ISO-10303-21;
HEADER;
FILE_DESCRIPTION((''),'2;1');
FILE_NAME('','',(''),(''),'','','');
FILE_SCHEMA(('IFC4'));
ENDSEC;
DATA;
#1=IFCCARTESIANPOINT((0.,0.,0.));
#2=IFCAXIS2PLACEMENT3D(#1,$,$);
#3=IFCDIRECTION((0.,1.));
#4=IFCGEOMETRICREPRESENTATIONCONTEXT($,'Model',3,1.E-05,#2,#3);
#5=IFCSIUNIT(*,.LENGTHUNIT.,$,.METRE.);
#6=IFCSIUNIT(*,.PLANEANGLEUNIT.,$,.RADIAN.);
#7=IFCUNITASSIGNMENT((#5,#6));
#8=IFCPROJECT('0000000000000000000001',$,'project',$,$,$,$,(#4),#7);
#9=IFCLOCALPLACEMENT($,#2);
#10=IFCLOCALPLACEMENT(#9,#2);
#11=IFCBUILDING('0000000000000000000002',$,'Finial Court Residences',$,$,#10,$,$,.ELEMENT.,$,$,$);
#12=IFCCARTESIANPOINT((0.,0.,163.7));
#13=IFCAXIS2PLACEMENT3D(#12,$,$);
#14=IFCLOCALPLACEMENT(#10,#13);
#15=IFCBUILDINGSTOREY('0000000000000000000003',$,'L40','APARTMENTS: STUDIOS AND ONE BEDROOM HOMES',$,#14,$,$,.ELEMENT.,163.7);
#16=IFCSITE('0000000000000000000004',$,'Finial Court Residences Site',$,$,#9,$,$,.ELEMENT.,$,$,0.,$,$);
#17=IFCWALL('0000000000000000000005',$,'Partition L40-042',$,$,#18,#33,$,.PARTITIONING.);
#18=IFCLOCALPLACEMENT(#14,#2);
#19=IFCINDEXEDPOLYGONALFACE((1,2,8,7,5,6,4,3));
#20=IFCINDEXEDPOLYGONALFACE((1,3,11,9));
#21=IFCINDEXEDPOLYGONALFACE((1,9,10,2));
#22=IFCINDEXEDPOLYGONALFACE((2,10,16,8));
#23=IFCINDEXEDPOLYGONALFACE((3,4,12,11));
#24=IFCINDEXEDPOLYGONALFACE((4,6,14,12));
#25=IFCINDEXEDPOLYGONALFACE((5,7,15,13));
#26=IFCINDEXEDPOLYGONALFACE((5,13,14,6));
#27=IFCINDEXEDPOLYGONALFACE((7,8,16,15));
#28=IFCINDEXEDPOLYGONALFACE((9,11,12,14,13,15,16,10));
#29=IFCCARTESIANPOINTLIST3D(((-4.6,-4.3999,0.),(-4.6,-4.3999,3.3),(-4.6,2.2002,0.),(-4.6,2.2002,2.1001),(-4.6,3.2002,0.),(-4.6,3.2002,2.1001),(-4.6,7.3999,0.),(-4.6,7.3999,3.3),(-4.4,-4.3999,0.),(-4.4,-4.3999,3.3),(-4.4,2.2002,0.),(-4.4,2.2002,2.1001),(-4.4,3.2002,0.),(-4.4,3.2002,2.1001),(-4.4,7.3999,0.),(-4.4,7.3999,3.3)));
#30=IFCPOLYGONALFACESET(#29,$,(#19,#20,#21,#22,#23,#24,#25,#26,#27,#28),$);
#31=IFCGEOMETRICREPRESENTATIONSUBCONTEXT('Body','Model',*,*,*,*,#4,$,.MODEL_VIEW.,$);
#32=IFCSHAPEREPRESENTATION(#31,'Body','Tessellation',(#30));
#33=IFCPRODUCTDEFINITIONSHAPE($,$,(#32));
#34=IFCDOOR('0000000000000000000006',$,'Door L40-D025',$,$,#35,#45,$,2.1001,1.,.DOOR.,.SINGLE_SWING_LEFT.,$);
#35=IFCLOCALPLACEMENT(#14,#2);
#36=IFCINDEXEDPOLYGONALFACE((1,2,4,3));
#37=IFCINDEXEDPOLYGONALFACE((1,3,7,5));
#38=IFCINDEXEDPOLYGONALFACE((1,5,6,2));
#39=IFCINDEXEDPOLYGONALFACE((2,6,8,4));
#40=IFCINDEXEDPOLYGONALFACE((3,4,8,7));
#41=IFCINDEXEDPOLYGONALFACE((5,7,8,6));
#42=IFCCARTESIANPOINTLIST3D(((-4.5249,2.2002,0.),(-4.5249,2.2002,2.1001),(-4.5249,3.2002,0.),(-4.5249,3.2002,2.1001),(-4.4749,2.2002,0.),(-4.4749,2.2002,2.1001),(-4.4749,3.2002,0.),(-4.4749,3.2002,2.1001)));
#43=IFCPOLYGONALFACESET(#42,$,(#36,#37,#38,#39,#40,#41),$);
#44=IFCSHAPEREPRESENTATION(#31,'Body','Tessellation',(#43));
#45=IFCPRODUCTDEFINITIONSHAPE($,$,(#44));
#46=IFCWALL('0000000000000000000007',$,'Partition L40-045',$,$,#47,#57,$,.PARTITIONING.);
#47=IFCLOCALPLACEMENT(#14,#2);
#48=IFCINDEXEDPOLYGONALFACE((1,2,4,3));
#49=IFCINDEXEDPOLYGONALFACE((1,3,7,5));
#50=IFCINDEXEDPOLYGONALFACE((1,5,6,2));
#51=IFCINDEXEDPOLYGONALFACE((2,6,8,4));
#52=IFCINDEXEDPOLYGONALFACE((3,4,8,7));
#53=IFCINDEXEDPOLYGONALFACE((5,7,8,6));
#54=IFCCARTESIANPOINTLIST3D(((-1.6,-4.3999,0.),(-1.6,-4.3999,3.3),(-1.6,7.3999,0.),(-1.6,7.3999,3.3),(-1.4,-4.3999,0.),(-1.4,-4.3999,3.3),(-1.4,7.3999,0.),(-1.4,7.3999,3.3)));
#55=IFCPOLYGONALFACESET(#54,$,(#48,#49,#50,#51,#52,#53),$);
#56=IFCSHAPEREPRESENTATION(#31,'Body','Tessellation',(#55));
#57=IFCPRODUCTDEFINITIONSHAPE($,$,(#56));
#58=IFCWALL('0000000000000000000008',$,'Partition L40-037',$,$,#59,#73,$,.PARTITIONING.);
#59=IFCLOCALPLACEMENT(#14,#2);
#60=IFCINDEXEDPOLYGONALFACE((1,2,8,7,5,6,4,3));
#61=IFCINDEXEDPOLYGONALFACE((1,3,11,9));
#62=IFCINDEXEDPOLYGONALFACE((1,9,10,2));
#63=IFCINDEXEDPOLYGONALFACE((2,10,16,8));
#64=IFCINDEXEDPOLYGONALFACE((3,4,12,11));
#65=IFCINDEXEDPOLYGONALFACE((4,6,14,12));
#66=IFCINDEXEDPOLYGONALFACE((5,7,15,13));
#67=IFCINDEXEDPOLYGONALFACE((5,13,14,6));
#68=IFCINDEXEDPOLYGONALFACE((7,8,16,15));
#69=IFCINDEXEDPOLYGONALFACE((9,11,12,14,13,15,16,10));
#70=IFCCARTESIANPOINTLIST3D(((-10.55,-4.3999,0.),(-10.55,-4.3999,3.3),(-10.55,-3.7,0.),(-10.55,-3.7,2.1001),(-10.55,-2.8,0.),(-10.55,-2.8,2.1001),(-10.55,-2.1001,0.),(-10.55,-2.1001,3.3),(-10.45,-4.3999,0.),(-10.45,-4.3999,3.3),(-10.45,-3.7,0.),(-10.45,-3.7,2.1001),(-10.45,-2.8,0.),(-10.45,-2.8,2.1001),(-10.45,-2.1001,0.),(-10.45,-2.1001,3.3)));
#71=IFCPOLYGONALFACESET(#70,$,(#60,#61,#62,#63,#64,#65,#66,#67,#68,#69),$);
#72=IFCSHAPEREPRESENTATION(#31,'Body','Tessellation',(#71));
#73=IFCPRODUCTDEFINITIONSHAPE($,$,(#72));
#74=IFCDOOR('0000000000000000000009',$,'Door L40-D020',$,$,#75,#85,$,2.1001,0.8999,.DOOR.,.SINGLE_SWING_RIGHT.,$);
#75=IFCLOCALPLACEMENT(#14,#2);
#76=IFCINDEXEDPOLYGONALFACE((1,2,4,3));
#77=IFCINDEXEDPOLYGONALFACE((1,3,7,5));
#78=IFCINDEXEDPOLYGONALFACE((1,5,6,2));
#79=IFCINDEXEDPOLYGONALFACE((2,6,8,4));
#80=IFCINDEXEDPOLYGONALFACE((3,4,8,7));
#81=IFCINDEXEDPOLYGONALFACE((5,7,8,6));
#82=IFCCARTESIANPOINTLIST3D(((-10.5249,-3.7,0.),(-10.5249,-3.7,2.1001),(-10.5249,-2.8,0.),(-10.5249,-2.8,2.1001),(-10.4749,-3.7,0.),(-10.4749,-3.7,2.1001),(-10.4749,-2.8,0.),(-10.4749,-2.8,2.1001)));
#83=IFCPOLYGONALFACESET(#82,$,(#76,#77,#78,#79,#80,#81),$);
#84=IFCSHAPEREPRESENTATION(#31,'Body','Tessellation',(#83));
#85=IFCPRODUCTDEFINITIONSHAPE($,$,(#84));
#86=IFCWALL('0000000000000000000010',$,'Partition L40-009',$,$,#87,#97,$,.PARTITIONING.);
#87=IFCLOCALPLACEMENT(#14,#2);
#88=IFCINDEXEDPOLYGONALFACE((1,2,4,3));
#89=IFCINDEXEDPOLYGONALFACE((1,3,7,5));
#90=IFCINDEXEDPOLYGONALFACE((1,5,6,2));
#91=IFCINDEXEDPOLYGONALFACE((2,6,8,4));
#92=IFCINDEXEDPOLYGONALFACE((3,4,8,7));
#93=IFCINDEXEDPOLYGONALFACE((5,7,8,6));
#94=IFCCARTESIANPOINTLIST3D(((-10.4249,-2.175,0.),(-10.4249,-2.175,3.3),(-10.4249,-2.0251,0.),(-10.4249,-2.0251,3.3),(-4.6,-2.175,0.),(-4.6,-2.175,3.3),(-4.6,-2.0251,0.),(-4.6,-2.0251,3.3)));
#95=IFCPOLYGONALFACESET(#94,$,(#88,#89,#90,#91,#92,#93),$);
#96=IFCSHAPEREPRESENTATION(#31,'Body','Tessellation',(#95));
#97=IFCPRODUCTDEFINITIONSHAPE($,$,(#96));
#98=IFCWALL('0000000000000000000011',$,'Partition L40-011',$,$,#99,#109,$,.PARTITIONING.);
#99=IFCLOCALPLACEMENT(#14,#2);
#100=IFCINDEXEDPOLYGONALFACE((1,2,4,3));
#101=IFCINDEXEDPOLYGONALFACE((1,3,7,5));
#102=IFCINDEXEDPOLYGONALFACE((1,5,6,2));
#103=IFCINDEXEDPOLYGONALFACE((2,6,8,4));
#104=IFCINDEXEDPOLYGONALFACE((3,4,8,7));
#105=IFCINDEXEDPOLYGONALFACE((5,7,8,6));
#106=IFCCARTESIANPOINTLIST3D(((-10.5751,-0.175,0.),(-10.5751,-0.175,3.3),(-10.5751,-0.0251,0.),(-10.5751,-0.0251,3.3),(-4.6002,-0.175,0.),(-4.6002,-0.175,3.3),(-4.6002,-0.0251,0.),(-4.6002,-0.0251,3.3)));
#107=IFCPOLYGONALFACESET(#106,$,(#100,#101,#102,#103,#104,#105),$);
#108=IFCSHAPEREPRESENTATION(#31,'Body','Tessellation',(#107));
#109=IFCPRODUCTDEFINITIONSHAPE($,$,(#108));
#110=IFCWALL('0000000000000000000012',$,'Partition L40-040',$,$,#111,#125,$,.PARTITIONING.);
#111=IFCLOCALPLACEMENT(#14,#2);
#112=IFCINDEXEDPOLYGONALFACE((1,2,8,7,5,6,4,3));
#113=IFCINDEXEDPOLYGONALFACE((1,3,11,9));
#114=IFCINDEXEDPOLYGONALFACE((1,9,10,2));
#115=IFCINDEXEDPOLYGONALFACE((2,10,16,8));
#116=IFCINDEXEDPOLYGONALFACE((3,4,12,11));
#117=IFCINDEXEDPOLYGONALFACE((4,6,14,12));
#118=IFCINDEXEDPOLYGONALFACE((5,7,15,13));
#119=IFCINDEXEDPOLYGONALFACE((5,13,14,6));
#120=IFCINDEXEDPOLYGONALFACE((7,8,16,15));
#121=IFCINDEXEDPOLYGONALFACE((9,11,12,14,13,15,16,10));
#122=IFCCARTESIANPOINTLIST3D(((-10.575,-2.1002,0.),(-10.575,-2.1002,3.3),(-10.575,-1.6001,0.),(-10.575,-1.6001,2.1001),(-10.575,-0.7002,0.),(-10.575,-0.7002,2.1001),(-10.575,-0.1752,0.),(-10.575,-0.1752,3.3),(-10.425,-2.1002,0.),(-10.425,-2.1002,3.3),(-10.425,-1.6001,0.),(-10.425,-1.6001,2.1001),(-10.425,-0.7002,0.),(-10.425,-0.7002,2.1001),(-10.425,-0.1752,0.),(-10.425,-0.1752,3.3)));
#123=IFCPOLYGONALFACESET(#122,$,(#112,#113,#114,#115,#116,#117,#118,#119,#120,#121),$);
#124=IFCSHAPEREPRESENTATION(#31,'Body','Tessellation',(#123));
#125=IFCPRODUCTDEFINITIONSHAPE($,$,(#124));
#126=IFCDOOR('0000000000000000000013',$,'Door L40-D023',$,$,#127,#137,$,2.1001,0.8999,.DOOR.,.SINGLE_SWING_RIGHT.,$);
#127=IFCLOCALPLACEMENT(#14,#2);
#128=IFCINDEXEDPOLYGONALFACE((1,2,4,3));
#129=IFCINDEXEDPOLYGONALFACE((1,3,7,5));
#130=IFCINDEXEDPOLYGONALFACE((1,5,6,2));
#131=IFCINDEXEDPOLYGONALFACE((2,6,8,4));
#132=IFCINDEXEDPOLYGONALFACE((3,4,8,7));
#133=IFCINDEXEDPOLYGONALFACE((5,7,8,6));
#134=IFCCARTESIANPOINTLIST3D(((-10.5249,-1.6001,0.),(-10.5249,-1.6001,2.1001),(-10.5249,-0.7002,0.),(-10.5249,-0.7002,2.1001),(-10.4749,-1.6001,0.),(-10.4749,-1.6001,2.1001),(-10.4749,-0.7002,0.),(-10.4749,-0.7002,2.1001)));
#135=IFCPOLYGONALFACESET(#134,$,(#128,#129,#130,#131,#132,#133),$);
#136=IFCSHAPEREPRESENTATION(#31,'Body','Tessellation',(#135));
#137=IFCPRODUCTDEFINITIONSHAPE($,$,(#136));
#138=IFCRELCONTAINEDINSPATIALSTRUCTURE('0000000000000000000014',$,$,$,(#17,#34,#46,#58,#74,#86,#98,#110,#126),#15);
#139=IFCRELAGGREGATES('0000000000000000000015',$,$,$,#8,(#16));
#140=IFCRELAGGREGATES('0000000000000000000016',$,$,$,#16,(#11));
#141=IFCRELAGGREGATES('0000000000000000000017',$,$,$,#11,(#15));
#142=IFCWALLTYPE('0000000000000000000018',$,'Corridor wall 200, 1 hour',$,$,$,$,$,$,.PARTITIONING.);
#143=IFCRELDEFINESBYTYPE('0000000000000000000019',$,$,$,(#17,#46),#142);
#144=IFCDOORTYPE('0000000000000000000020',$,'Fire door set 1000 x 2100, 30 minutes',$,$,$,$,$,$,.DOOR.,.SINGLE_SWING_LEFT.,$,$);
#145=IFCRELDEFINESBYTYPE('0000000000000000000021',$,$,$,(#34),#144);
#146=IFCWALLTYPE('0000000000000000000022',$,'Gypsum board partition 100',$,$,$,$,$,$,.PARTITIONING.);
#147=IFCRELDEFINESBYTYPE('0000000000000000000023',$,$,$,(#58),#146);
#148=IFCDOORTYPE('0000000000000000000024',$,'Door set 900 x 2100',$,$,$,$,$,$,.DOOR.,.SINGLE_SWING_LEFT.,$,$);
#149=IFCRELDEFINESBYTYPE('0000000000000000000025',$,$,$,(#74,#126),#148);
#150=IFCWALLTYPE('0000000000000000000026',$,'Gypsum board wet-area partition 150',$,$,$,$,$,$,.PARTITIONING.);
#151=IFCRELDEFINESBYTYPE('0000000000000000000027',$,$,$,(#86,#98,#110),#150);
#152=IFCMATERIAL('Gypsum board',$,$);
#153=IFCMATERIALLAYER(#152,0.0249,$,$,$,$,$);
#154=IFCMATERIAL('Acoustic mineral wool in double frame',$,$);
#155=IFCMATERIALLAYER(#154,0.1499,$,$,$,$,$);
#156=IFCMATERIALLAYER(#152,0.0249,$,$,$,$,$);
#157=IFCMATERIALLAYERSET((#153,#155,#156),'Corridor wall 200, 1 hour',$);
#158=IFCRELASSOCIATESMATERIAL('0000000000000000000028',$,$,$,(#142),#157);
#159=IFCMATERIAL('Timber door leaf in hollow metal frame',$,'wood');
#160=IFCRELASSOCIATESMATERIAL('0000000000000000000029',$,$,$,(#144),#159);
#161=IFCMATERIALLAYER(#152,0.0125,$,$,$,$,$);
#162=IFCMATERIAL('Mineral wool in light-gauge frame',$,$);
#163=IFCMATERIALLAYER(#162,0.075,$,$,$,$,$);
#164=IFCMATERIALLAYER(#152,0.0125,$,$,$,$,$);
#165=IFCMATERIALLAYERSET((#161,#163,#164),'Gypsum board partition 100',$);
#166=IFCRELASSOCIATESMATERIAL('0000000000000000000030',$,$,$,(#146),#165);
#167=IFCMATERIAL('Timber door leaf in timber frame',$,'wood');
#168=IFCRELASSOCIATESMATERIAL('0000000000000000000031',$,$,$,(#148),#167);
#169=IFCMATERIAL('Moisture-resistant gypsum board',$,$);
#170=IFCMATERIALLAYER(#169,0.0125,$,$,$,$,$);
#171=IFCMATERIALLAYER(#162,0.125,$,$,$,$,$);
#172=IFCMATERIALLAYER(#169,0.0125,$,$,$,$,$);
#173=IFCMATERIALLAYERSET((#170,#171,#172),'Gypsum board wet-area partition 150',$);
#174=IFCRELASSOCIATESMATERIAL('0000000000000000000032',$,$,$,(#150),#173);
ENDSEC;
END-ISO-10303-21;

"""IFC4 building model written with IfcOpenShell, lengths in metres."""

from ifc_helpers import new_model, si_unit, direction, frame, frame_2d, origin, place, context, subcontext, project, spatial, rectangle, extrude, material, layer, layer_set, type_object, element, fill, save


model = new_model("IFC4")

# Units and contexts
model_context = context("Model", 3, precision=1e-05, world=origin(), true_north=direction((0.0, 1.0)))
body_context = subcontext(model_context, "Body", "Model", "MODEL_VIEW")
ifc_project = project(units=[si_unit("LENGTHUNIT", "METRE"), si_unit("PLANEANGLEUNIT", "RADIAN")], contexts=[model_context])

# Site, building, storey
site_placement = place(None, origin())
site = spatial("IfcSite", under=ifc_project, at=site_placement, Name="Finial Court Residences Site", CompositionType="ELEMENT", RefElevation=0.0)
building_placement = place(site_placement, origin())
building = spatial("IfcBuilding", under=site, at=building_placement, Name="Finial Court Residences", CompositionType="ELEMENT")
storey_placement = place(building_placement, frame((0.0, 0.0, 163.7)))
storey = spatial("IfcBuildingStorey", under=building, at=storey_placement, Name="L40", Description="APARTMENTS: STUDIOS AND ONE BEDROOM HOMES", CompositionType="ELEMENT", Elevation=163.7)

# Wall, opening, door
ifc_material_1 = material(Name="Gypsum board")
ifc_layer_1 = layer(ifc_material_1, 0.0249)
ifc_material_2 = material(Name="Acoustic mineral wool in double frame")
ifc_layer_2 = layer(ifc_material_2, 0.1499)
ifc_layer_3 = layer(ifc_material_1, 0.0249)
ifc_layer_set_1 = layer_set([ifc_layer_1, ifc_layer_2, ifc_layer_3], Name="Corridor wall 200, 1 hour")
wall_type_1 = type_object("IfcWallType", Name="Corridor wall 200, 1 hour", PredefinedType="PARTITIONING", material=ifc_layer_set_1)
ifc_material_3 = material(Name="Timber door leaf in hollow metal frame", Category="wood")
wall_1_placement = place(storey_placement, frame((-4.5, -4.3999, 0.0), z_axis=(0.0, 0.0, 1.0), x_axis=(0.0, 1.0, 0.0)))
wall_1 = element("IfcWall", 1, at=wall_1_placement, inside=storey, type_object=wall_type_1, Name="Partition L40-042", PredefinedType="PARTITIONING", context=body_context, shape_type="SweptSolid", body=[
    extrude(rectangle(XDim=11.7998, YDim=0.2, at=frame_2d((5.8999, 0.0))), origin(), (0.0, 0.0, 1.0), 3.3),
])
opening_1_placement = place(wall_1_placement, frame((6.6001, 0.0, 0.0)))
opening_1 = element("IfcOpeningElement", 2, at=opening_1_placement, cuts=wall_1, PredefinedType="OPENING", context=body_context, shape_type="SweptSolid", body=[
    extrude(rectangle(XDim=1.0, YDim=2.1001, at=frame_2d((0.5, 1.05))), frame((0.0, 0.1099, 0.0), z_axis=(0.0, -1.0, 0.0), x_axis=(1.0, 0.0, 0.0)), (0.0, 0.0, 1.0), 0.22),
])
door_type_1 = type_object("IfcDoorType", Name="Fire door set 1000 x 2100, 30 minutes", OperationType="SINGLE_SWING_LEFT", PredefinedType="DOOR", material=ifc_material_3)
door_1_placement = place(opening_1_placement, origin())
door_1 = element("IfcDoor", 3, at=door_1_placement, inside=storey, type_object=door_type_1, Name="Door L40-D025", OperationType="SINGLE_SWING_LEFT", OverallHeight=2.1001, OverallWidth=1.0, PredefinedType="DOOR", context=body_context, shape_type="SweptSolid", body=[
    extrude(rectangle(XDim=1.0, YDim=2.1001, at=frame_2d((0.5, 1.05))), frame((0.0, 0.0249, 0.0), z_axis=(0.0, -1.0, 0.0), x_axis=(1.0, 0.0, 0.0)), (0.0, 0.0, 1.0), 0.05),
])
fill(opening_1, door_1)

# Wall
wall_2_placement = place(storey_placement, frame((-1.5, -4.3999, 0.0), z_axis=(0.0, 0.0, 1.0), x_axis=(0.0, 1.0, 0.0)))
element("IfcWall", 4, at=wall_2_placement, inside=storey, type_object=wall_type_1, Name="Partition L40-045", PredefinedType="PARTITIONING", context=body_context, shape_type="SweptSolid", body=[
    extrude(rectangle(XDim=11.7998, YDim=0.2, at=frame_2d((5.8999, 0.0))), origin(), (0.0, 0.0, 1.0), 3.3),
])

# Wall, opening, door
ifc_layer_4 = layer(ifc_material_1, 0.0125)
ifc_material_4 = material(Name="Mineral wool in light-gauge frame")
ifc_layer_5 = layer(ifc_material_4, 0.075)
ifc_layer_6 = layer(ifc_material_1, 0.0125)
ifc_layer_set_2 = layer_set([ifc_layer_4, ifc_layer_5, ifc_layer_6], Name="Gypsum board partition 100")
wall_type_2 = type_object("IfcWallType", Name="Gypsum board partition 100", PredefinedType="PARTITIONING", material=ifc_layer_set_2)
wall_3_placement = place(storey_placement, frame((-10.5, -4.3999, 0.0), z_axis=(0.0, 0.0, 1.0), x_axis=(0.0, 1.0, 0.0)))
wall_3 = element("IfcWall", 5, at=wall_3_placement, inside=storey, type_object=wall_type_2, Name="Partition L40-037", PredefinedType="PARTITIONING", context=body_context, shape_type="SweptSolid", body=[
    extrude(rectangle(XDim=2.2998, YDim=0.1001, at=frame_2d((1.1499, 0.0))), origin(), (0.0, 0.0, 1.0), 3.3),
])
opening_2_placement = place(wall_3_placement, frame((0.7, 0.0, 0.0)))
opening_2 = element("IfcOpeningElement", 6, at=opening_2_placement, cuts=wall_3, PredefinedType="OPENING", context=body_context, shape_type="SweptSolid", body=[
    extrude(rectangle(XDim=0.8999, YDim=2.1001, at=frame_2d((0.45, 1.05))), frame((0.0, 0.0601, 0.0), z_axis=(0.0, -1.0, 0.0), x_axis=(1.0, 0.0, 0.0)), (0.0, 0.0, 1.0), 0.1201),
])
ifc_material_5 = material(Name="Timber door leaf in timber frame", Category="wood")
door_type_2 = type_object("IfcDoorType", Name="Door set 900 x 2100", OperationType="SINGLE_SWING_LEFT", PredefinedType="DOOR", material=ifc_material_5)
door_2_placement = place(opening_2_placement, origin())
door_2 = element("IfcDoor", 7, at=door_2_placement, inside=storey, type_object=door_type_2, Name="Door L40-D020", OperationType="SINGLE_SWING_RIGHT", OverallHeight=2.1001, OverallWidth=0.8999, PredefinedType="DOOR", context=body_context, shape_type="SweptSolid", body=[
    extrude(rectangle(XDim=0.8999, YDim=2.1001, at=frame_2d((0.45, 1.05))), frame((0.0, 0.0249, 0.0), z_axis=(0.0, -1.0, 0.0), x_axis=(1.0, 0.0, 0.0)), (0.0, 0.0, 1.0), 0.05),
])
fill(opening_2, door_2)

# Walls
ifc_material_6 = material(Name="Moisture-resistant gypsum board")
ifc_layer_7 = layer(ifc_material_6, 0.0125)
ifc_layer_8 = layer(ifc_material_4, 0.125)
ifc_layer_9 = layer(ifc_material_6, 0.0125)
ifc_layer_set_3 = layer_set([ifc_layer_7, ifc_layer_8, ifc_layer_9], Name="Gypsum board wet-area partition 150")
wall_type_3 = type_object("IfcWallType", Name="Gypsum board wet-area partition 150", PredefinedType="PARTITIONING", material=ifc_layer_set_3)
wall_4_placement = place(storey_placement, frame((-10.425, -2.1001, 0.0), z_axis=(0.0, 0.0, 1.0), x_axis=(1.0, 0.0, 0.0)))
element("IfcWall", 8, at=wall_4_placement, inside=storey, type_object=wall_type_3, Name="Partition L40-009", PredefinedType="PARTITIONING", context=body_context, shape_type="SweptSolid", body=[
    extrude(rectangle(XDim=5.825, YDim=0.1499, at=frame_2d((2.9126, 0.0))), origin(), (0.0, 0.0, 1.0), 3.3),
])
wall_5_placement = place(storey_placement, frame((-10.575, -0.1001, 0.0), z_axis=(0.0, 0.0, 1.0), x_axis=(1.0, 0.0, 0.0)))
element("IfcWall", 9, at=wall_5_placement, inside=storey, type_object=wall_type_3, Name="Partition L40-011", PredefinedType="PARTITIONING", context=body_context, shape_type="SweptSolid", body=[
    extrude(rectangle(XDim=5.9749, YDim=0.1499, at=frame_2d((2.9873, 0.0))), origin(), (0.0, 0.0, 1.0), 3.3),
])

# Wall, opening, door
wall_6_placement = place(storey_placement, frame((-10.5, -2.1001, 0.0), z_axis=(0.0, 0.0, 1.0), x_axis=(0.0, 1.0, 0.0)))
wall_6 = element("IfcWall", 10, at=wall_6_placement, inside=storey, type_object=wall_type_3, Name="Partition L40-040", PredefinedType="PARTITIONING", context=body_context, shape_type="SweptSolid", body=[
    extrude(rectangle(XDim=1.925, YDim=0.1499, at=frame_2d((0.9624, 0.0))), origin(), (0.0, 0.0, 1.0), 3.3),
])
opening_3_placement = place(wall_6_placement, frame((0.5, 0.0, 0.0)))
opening_3 = element("IfcOpeningElement", 11, at=opening_3_placement, cuts=wall_6, PredefinedType="OPENING", context=body_context, shape_type="SweptSolid", body=[
    extrude(rectangle(XDim=0.8999, YDim=2.1001, at=frame_2d((0.45, 1.05))), frame((0.0, 0.085, 0.0), z_axis=(0.0, -1.0, 0.0), x_axis=(1.0, 0.0, 0.0)), (0.0, 0.0, 1.0), 0.1699),
])
door_3_placement = place(opening_3_placement, origin())
door_3 = element("IfcDoor", 12, at=door_3_placement, inside=storey, type_object=door_type_2, Name="Door L40-D023", OperationType="SINGLE_SWING_RIGHT", OverallHeight=2.1001, OverallWidth=0.8999, PredefinedType="DOOR", context=body_context, shape_type="SweptSolid", body=[
    extrude(rectangle(XDim=0.8999, YDim=2.1001, at=frame_2d((0.45, 1.05))), frame((0.0, 0.0249, 0.0), z_axis=(0.0, -1.0, 0.0), x_axis=(1.0, 0.0, 0.0)), (0.0, 0.0, 1.0), 0.05),
])
fill(opening_3, door_3)

save(model, "model.ifc")
